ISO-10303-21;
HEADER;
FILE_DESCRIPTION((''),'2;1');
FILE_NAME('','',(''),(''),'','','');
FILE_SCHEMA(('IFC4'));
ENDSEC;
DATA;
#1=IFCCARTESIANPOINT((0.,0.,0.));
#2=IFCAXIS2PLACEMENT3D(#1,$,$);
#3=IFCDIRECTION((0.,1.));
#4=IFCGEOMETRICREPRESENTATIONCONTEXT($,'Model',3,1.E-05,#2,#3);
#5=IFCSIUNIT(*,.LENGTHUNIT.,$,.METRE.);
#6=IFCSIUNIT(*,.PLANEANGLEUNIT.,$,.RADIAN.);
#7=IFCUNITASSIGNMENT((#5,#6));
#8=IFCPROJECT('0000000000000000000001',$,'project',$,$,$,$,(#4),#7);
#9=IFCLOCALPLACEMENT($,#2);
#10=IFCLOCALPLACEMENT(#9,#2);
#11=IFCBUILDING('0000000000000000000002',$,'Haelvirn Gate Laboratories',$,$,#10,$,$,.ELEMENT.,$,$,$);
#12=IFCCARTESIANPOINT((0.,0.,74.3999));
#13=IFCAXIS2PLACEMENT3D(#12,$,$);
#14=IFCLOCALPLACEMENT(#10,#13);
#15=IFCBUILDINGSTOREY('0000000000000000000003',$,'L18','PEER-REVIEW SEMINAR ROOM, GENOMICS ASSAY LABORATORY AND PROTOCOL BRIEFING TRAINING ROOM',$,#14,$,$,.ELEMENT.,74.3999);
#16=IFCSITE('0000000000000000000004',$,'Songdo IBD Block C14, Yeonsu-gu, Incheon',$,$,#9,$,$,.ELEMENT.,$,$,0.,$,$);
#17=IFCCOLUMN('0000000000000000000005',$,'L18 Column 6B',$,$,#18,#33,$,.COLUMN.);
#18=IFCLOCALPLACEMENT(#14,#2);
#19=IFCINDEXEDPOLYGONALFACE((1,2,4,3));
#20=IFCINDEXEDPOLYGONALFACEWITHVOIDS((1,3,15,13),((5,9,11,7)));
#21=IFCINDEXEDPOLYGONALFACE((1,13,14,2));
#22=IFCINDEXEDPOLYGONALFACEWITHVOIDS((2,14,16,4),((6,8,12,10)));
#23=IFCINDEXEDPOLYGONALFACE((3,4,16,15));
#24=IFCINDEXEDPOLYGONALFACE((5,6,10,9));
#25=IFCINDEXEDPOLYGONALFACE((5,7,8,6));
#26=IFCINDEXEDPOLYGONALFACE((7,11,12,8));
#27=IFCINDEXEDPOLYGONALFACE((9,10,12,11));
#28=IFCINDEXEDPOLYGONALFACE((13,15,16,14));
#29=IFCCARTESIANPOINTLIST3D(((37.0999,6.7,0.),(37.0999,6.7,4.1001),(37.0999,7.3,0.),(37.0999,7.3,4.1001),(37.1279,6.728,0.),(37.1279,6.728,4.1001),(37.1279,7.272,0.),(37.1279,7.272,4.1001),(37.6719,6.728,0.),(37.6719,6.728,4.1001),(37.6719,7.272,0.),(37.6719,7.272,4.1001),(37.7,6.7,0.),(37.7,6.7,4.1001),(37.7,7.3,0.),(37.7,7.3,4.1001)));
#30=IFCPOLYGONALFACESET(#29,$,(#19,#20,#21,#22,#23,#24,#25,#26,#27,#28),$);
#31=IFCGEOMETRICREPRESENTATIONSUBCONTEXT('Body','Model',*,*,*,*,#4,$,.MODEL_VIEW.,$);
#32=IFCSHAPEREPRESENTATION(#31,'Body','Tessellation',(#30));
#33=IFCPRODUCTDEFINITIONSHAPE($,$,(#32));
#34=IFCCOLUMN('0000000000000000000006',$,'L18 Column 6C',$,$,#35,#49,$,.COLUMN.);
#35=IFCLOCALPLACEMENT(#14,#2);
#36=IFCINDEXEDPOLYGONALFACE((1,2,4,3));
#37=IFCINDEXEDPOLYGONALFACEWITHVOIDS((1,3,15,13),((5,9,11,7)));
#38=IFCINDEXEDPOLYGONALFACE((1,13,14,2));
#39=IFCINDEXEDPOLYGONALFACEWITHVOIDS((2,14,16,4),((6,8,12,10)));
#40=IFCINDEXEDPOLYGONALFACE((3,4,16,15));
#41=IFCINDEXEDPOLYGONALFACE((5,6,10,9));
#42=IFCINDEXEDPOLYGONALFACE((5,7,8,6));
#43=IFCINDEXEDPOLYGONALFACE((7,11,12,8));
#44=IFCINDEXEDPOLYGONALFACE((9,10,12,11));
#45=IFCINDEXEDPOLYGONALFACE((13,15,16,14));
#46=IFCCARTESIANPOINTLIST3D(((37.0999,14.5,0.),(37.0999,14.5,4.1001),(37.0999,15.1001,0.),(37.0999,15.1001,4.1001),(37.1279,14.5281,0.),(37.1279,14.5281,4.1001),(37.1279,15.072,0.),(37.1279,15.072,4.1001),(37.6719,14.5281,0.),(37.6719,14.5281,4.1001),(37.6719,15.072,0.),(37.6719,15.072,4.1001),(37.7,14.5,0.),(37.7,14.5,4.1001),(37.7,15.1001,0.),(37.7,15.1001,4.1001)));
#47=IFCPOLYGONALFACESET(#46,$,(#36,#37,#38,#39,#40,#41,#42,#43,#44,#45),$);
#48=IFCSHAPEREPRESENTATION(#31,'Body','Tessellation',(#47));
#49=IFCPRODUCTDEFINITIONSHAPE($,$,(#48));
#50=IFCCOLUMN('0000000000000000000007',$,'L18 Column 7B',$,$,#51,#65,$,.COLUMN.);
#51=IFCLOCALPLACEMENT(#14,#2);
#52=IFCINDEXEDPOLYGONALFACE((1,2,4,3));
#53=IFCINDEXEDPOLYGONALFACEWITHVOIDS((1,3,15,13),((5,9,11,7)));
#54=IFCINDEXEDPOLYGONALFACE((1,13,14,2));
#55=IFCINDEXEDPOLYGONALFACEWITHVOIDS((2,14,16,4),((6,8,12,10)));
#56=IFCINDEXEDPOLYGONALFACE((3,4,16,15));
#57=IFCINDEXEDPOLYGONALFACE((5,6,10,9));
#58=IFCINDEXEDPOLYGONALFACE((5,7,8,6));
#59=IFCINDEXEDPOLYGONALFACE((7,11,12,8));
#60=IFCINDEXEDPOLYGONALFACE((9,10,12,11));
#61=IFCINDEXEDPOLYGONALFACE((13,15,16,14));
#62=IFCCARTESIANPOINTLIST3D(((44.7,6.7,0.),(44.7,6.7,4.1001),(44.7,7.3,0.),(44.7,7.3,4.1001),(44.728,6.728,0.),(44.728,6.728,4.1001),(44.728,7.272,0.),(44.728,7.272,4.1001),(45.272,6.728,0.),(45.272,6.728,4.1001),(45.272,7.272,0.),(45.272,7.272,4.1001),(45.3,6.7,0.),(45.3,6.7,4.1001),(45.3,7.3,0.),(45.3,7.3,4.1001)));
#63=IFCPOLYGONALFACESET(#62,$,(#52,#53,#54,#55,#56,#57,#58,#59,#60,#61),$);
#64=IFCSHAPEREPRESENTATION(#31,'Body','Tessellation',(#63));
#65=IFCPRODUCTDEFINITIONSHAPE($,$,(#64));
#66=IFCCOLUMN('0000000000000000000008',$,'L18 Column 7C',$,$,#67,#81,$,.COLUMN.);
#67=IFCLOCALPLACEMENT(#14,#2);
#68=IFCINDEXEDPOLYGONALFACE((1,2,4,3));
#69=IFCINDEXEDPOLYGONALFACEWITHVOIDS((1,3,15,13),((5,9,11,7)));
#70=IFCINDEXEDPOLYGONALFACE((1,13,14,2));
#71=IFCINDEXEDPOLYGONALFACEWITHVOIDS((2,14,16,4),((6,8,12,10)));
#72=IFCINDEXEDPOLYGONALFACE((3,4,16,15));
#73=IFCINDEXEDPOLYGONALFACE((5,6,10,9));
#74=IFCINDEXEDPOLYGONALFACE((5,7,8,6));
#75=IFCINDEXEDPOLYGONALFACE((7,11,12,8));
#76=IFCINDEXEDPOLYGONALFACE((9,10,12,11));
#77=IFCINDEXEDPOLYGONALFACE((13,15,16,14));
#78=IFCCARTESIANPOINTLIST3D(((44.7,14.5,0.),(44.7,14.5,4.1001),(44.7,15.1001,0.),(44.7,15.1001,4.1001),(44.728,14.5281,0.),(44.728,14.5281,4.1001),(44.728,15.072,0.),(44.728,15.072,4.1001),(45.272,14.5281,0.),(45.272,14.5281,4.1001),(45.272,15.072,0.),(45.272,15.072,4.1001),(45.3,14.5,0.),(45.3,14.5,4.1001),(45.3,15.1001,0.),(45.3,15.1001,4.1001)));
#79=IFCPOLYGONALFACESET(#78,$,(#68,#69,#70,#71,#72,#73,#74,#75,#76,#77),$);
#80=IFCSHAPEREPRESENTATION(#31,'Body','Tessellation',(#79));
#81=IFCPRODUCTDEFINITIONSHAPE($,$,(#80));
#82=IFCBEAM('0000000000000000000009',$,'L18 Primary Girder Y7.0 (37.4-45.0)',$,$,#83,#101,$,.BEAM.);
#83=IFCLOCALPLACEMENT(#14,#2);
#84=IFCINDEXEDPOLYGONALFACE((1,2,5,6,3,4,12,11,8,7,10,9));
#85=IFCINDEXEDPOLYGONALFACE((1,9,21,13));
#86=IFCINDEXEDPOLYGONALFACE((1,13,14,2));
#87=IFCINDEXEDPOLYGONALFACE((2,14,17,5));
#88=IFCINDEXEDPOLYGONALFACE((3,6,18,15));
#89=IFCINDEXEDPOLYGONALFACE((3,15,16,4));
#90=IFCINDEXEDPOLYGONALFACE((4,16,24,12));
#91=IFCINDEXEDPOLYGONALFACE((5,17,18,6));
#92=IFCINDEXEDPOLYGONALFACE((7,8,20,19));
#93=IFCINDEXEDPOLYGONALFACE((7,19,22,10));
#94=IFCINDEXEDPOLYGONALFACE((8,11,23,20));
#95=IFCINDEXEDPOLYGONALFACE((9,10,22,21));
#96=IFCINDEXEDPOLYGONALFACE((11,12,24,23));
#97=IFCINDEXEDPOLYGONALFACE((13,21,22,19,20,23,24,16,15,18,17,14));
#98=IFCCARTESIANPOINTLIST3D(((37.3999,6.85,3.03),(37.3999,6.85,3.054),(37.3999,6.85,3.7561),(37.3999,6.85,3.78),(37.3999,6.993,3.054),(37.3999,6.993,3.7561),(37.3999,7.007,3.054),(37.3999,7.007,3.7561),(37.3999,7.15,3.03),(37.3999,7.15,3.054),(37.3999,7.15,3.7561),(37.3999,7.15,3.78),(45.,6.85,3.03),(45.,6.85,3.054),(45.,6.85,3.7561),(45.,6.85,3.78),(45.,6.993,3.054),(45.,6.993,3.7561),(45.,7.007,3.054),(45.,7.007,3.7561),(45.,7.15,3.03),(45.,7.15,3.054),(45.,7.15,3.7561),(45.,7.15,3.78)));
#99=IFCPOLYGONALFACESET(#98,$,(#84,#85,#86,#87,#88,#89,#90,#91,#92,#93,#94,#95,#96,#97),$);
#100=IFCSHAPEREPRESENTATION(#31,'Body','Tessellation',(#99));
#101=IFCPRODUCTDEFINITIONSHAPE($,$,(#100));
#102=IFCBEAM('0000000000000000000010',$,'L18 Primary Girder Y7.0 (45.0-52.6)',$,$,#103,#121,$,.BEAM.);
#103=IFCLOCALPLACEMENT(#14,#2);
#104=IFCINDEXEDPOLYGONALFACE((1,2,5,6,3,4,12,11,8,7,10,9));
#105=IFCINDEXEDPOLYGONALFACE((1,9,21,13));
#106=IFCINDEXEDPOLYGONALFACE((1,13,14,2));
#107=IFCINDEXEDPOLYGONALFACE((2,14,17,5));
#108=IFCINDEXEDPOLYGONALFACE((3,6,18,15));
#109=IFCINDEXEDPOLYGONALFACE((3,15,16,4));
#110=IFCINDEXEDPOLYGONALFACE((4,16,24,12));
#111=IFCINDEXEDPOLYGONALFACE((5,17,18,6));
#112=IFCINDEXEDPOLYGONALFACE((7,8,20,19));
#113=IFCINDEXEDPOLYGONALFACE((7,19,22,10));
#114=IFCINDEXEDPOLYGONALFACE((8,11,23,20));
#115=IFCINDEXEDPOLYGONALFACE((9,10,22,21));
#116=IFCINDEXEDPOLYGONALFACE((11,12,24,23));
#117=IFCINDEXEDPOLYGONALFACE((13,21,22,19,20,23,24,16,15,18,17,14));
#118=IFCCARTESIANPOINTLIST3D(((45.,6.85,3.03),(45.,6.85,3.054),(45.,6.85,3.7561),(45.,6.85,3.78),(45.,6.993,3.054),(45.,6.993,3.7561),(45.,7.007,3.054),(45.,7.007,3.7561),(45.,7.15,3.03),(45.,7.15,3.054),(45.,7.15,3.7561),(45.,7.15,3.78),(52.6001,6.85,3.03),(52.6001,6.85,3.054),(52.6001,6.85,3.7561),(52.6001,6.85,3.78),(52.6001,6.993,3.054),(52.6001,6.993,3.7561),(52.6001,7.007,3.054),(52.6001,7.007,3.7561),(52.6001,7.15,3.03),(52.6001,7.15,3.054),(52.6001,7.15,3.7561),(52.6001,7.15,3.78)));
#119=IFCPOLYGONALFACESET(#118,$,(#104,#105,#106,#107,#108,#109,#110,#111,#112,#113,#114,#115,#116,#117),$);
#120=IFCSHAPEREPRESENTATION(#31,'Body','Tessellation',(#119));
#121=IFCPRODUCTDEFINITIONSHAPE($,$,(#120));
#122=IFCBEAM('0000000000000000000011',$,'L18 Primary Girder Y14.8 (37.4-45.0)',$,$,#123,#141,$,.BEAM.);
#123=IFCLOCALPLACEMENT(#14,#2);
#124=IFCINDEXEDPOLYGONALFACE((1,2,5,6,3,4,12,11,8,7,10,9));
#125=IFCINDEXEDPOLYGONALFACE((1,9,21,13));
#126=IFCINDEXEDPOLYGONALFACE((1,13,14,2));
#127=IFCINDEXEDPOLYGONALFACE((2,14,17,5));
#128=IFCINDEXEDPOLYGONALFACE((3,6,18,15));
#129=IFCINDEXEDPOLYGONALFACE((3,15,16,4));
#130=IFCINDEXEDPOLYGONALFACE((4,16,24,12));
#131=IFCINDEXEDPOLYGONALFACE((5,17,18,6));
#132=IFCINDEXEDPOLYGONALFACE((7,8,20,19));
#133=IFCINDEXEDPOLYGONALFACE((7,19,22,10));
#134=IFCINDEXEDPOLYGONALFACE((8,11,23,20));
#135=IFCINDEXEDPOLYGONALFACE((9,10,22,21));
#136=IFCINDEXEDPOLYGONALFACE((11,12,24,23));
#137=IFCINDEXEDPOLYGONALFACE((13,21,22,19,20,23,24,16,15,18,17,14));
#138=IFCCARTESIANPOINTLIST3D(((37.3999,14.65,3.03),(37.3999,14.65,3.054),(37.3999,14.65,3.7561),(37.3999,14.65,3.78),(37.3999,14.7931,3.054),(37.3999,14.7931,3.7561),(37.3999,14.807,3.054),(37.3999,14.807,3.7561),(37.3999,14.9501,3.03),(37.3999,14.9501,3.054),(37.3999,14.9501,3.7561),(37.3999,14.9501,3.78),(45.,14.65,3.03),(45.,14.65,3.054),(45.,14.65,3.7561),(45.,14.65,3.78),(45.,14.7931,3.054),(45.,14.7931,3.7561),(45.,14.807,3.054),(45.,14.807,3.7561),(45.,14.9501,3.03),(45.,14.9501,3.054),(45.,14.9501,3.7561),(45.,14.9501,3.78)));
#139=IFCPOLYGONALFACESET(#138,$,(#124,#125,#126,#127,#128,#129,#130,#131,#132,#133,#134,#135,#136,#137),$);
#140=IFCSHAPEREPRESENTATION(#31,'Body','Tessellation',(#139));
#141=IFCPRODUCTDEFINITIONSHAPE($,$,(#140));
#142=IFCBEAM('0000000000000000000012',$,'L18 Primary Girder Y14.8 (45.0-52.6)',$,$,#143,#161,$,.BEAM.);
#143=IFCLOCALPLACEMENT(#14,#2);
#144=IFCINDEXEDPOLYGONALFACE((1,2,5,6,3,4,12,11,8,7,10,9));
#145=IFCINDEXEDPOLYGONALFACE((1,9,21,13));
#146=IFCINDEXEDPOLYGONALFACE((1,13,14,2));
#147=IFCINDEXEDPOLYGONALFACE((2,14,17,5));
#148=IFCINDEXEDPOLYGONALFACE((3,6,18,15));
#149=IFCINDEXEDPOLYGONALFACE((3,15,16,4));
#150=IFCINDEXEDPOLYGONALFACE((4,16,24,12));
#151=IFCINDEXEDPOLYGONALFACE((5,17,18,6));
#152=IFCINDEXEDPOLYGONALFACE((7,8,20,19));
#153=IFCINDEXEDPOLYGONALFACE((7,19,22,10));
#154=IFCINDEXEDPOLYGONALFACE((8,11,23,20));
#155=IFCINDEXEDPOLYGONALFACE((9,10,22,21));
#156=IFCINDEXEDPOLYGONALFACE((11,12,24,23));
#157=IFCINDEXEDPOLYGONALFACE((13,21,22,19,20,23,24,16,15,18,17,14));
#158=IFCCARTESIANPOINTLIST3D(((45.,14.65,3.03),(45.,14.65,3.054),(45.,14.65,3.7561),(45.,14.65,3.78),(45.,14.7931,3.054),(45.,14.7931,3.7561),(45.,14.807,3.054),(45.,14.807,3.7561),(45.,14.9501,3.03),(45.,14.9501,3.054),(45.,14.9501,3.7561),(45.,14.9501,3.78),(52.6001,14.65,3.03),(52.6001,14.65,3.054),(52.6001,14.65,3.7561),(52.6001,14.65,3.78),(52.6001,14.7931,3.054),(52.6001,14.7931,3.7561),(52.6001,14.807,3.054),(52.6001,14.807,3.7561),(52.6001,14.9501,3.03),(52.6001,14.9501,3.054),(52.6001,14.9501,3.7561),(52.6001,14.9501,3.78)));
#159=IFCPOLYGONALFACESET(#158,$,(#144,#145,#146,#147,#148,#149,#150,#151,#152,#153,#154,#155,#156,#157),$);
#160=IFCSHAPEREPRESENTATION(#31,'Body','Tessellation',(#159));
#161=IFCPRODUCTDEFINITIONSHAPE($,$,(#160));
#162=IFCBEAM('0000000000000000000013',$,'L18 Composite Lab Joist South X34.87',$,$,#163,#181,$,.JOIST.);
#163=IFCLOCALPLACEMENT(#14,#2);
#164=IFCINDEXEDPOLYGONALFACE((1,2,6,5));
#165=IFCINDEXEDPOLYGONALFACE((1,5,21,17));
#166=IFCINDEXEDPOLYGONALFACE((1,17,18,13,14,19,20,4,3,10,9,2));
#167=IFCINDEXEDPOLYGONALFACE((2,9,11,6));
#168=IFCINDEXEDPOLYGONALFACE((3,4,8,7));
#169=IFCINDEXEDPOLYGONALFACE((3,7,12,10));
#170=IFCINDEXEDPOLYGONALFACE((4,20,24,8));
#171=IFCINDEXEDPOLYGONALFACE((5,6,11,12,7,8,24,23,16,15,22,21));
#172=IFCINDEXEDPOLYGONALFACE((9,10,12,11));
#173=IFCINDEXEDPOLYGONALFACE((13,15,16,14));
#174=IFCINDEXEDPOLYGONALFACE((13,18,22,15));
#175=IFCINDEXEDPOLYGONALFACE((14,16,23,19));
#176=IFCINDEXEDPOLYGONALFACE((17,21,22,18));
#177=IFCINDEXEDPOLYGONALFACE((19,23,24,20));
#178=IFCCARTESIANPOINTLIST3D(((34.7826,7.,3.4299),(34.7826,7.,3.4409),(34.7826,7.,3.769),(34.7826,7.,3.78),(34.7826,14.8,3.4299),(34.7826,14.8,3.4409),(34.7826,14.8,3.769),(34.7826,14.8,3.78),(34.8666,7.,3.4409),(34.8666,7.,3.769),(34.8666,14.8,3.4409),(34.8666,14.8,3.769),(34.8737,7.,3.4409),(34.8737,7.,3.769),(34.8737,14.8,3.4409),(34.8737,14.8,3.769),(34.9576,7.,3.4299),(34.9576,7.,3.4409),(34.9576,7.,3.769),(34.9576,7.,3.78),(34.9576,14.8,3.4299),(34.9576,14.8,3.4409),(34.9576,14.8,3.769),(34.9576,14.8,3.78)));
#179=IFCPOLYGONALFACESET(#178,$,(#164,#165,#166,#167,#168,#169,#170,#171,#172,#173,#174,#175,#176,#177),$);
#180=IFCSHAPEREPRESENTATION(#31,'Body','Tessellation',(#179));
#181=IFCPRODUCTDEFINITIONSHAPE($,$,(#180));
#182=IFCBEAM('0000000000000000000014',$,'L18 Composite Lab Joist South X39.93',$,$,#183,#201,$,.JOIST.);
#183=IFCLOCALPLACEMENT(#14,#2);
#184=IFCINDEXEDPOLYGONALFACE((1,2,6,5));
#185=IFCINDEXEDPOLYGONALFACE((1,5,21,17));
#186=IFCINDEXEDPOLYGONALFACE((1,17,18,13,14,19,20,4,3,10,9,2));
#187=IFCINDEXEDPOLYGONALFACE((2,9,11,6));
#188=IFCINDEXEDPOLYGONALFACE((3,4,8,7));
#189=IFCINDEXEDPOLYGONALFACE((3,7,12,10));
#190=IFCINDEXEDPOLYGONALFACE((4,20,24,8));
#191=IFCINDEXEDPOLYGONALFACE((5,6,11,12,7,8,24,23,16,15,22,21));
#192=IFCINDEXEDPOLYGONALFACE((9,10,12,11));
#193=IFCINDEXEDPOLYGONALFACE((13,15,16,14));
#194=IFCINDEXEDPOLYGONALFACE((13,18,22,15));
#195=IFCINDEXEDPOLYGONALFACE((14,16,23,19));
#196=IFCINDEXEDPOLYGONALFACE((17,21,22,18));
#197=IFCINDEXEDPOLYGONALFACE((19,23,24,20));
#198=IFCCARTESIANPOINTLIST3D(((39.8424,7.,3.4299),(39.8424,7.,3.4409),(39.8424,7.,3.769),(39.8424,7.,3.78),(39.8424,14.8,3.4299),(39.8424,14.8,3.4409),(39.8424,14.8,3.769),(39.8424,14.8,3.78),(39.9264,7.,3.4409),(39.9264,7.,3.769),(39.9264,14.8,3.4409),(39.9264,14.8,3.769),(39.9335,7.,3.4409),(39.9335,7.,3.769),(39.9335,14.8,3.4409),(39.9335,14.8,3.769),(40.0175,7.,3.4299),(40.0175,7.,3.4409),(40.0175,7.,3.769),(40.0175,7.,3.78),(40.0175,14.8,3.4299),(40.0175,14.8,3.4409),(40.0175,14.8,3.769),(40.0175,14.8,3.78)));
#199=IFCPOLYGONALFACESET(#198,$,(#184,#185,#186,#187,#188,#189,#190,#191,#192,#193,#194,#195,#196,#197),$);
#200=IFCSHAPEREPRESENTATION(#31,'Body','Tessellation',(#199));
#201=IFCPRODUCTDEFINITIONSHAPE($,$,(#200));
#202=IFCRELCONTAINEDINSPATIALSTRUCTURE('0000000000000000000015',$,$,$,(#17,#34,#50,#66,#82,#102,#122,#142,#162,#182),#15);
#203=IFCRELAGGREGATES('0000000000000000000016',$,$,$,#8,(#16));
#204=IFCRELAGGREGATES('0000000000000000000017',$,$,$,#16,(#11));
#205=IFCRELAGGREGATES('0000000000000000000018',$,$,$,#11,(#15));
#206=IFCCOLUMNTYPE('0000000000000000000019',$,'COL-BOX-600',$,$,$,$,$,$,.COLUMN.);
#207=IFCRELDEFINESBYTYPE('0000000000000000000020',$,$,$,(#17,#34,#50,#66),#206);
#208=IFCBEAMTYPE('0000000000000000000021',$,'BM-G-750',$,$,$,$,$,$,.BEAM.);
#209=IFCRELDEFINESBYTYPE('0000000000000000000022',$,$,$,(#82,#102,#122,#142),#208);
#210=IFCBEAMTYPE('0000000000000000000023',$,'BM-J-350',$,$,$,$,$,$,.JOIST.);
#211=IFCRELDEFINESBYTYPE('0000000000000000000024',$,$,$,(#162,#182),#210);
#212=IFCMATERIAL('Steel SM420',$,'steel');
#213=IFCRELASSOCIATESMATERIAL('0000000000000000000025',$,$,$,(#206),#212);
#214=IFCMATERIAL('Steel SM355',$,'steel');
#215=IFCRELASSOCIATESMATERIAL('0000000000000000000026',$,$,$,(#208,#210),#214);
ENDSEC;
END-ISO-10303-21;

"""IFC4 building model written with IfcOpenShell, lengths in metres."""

from ifc_helpers import new_model, si_unit, direction, frame, origin, origin_2d, place, context, subcontext, project, spatial, hollow_rectangle, i_section, extrude, source, transform, mapped, material, material_profile, profile_set, type_object, type_shapes, element, save


model = new_model("IFC4")

# Units and contexts
model_context = context("Model", 3, precision=1e-05, world=origin(), true_north=direction((0.0, 1.0)))
body_context = subcontext(model_context, "Body", "Model", "MODEL_VIEW")
ifc_project = project(units=[si_unit("LENGTHUNIT", "METRE"), si_unit("PLANEANGLEUNIT", "RADIAN")], contexts=[model_context])

# Site, building, storey
site_placement = place(None, origin())
site = spatial("IfcSite", under=ifc_project, at=site_placement, Name="Songdo IBD Block C14, Yeonsu-gu, Incheon", CompositionType="ELEMENT", RefElevation=0.0)
building_placement = place(site_placement, origin())
building = spatial("IfcBuilding", under=site, at=building_placement, Name="Haelvirn Gate Laboratories", CompositionType="ELEMENT")
storey_placement = place(building_placement, frame((0.0, 0.0, 74.3999)))
storey = spatial("IfcBuildingStorey", under=building, at=storey_placement, Name="L18", Description="PEER-REVIEW SEMINAR ROOM, GENOMICS ASSAY LABORATORY AND PROTOCOL BRIEFING TRAINING ROOM", CompositionType="ELEMENT", Elevation=74.3999)

# Columns
ifc_material_1 = material(Name="Steel SM420", Category="steel")
ifc_material_profile_1 = material_profile(ifc_material_1, hollow_rectangle(XDim=0.6001, YDim=0.6001, WallThickness=0.0281, at=origin_2d()), Name="BOX-600x600x28")
ifc_profile_set_1 = profile_set([ifc_material_profile_1], Name="Steel SM420")
column_type = type_object("IfcColumnType", Name="COL-BOX-600", PredefinedType="COLUMN", material=ifc_profile_set_1)
shared_shape_1 = source(origin(), body_context, "Body", "SweptSolid", [
    extrude(hollow_rectangle(XDim=0.6001, YDim=0.6001, WallThickness=0.0281, at=origin_2d()), origin(), (0.0, 0.0, 1.0), 4.1001),
])
type_shapes(column_type, [shared_shape_1])
for number, where, z_axis, x_axis, name in (
    (1, (37.3999, 7.0, 0.0), (0.0, 0.0, 1.0), (1.0, 0.0, 0.0), "L18 Column 6B"),
    (2, (37.3999, 14.8, 0.0), (0.0, 0.0, 1.0), (1.0, 0.0, 0.0), "L18 Column 6C"),
    (3, (45.0, 7.0, 0.0), (0.0, 0.0, 1.0), (1.0, 0.0, 0.0), "L18 Column 7B"),
    (4, (45.0, 14.8, 0.0), (0.0, 0.0, 1.0), (1.0, 0.0, 0.0), "L18 Column 7C"),
):
    element("IfcColumn", number, at=place(storey_placement, frame(where, z_axis=z_axis, x_axis=x_axis)), inside=storey, type_object=column_type, Name=name, PredefinedType="COLUMN", context=body_context, shape_type="MappedRepresentation", body=[
        mapped(shared_shape_1, transform((0.0, 0.0, 0.0), scale=1.0)),
    ])

# Beams
ifc_material_2 = material(Name="Steel SM355", Category="steel")
ifc_material_profile_2 = material_profile(ifc_material_2, i_section(OverallWidth=0.3, OverallDepth=0.75, WebThickness=0.0139, FlangeThickness=0.0239, at=origin_2d()), Name="H-750x300x14x24")
ifc_profile_set_2 = profile_set([ifc_material_profile_2], Name="Steel SM355")
beam_type_1 = type_object("IfcBeamType", Name="BM-G-750", PredefinedType="BEAM", material=ifc_profile_set_2)
shared_shape_2 = source(origin(), body_context, "Body", "SweptSolid", [
    extrude(i_section(OverallWidth=0.3, OverallDepth=0.75, WebThickness=0.0139, FlangeThickness=0.0239, at=origin_2d()), origin(), (0.0, 0.0, 1.0), 7.6001),
])
type_shapes(beam_type_1, [shared_shape_2])
for number, where, z_axis, x_axis, name in (
    (5, (37.3999, 7.0, 3.405), (1.0, 0.0, 0.0), (0.0, 1.0, 0.0), "L18 Primary Girder Y7.0 (37.4-45.0)"),
    (6, (45.0, 7.0, 3.405), (1.0, 0.0, 0.0), (0.0, 1.0, 0.0), "L18 Primary Girder Y7.0 (45.0-52.6)"),
    (7, (37.3999, 14.8, 3.405), (1.0, 0.0, 0.0), (0.0, 1.0, 0.0), "L18 Primary Girder Y14.8 (37.4-45.0)"),
    (8, (45.0, 14.8, 3.405), (1.0, 0.0, 0.0), (0.0, 1.0, 0.0), "L18 Primary Girder Y14.8 (45.0-52.6)"),
):
    element("IfcBeam", number, at=place(storey_placement, frame(where, z_axis=z_axis, x_axis=x_axis)), inside=storey, type_object=beam_type_1, Name=name, PredefinedType="BEAM", context=body_context, shape_type="MappedRepresentation", body=[
        mapped(shared_shape_2, transform((0.0, 0.0, 0.0), scale=1.0)),
    ])
ifc_material_profile_3 = material_profile(ifc_material_2, i_section(OverallWidth=0.175, OverallDepth=0.3501, WebThickness=0.0071, FlangeThickness=0.011, at=origin_2d()), Name="H-350x175x7x11")
ifc_profile_set_3 = profile_set([ifc_material_profile_3], Name="Steel SM355")
beam_type_2 = type_object("IfcBeamType", Name="BM-J-350", PredefinedType="JOIST", material=ifc_profile_set_3)
shared_shape_3 = source(origin(), body_context, "Body", "SweptSolid", [
    extrude(i_section(OverallWidth=0.175, OverallDepth=0.3501, WebThickness=0.0071, FlangeThickness=0.011, at=origin_2d()), origin(), (0.0, 0.0, 1.0), 7.8),
])
type_shapes(beam_type_2, [shared_shape_3])
for number, where, z_axis, x_axis, name in (
    (9, (34.8701, 7.0, 3.605), (0.0, 1.0, 0.0), (-1.0, 0.0, 0.0), "L18 Composite Lab Joist South X34.87"),
    (10, (39.9299, 7.0, 3.605), (0.0, 1.0, 0.0), (-1.0, 0.0, 0.0), "L18 Composite Lab Joist South X39.93"),
):
    element("IfcBeam", number, at=place(storey_placement, frame(where, z_axis=z_axis, x_axis=x_axis)), inside=storey, type_object=beam_type_2, Name=name, PredefinedType="JOIST", context=body_context, shape_type="MappedRepresentation", body=[
        mapped(shared_shape_3, transform((0.0, 0.0, 0.0), scale=1.0)),
    ])

save(model, "model.ifc")
